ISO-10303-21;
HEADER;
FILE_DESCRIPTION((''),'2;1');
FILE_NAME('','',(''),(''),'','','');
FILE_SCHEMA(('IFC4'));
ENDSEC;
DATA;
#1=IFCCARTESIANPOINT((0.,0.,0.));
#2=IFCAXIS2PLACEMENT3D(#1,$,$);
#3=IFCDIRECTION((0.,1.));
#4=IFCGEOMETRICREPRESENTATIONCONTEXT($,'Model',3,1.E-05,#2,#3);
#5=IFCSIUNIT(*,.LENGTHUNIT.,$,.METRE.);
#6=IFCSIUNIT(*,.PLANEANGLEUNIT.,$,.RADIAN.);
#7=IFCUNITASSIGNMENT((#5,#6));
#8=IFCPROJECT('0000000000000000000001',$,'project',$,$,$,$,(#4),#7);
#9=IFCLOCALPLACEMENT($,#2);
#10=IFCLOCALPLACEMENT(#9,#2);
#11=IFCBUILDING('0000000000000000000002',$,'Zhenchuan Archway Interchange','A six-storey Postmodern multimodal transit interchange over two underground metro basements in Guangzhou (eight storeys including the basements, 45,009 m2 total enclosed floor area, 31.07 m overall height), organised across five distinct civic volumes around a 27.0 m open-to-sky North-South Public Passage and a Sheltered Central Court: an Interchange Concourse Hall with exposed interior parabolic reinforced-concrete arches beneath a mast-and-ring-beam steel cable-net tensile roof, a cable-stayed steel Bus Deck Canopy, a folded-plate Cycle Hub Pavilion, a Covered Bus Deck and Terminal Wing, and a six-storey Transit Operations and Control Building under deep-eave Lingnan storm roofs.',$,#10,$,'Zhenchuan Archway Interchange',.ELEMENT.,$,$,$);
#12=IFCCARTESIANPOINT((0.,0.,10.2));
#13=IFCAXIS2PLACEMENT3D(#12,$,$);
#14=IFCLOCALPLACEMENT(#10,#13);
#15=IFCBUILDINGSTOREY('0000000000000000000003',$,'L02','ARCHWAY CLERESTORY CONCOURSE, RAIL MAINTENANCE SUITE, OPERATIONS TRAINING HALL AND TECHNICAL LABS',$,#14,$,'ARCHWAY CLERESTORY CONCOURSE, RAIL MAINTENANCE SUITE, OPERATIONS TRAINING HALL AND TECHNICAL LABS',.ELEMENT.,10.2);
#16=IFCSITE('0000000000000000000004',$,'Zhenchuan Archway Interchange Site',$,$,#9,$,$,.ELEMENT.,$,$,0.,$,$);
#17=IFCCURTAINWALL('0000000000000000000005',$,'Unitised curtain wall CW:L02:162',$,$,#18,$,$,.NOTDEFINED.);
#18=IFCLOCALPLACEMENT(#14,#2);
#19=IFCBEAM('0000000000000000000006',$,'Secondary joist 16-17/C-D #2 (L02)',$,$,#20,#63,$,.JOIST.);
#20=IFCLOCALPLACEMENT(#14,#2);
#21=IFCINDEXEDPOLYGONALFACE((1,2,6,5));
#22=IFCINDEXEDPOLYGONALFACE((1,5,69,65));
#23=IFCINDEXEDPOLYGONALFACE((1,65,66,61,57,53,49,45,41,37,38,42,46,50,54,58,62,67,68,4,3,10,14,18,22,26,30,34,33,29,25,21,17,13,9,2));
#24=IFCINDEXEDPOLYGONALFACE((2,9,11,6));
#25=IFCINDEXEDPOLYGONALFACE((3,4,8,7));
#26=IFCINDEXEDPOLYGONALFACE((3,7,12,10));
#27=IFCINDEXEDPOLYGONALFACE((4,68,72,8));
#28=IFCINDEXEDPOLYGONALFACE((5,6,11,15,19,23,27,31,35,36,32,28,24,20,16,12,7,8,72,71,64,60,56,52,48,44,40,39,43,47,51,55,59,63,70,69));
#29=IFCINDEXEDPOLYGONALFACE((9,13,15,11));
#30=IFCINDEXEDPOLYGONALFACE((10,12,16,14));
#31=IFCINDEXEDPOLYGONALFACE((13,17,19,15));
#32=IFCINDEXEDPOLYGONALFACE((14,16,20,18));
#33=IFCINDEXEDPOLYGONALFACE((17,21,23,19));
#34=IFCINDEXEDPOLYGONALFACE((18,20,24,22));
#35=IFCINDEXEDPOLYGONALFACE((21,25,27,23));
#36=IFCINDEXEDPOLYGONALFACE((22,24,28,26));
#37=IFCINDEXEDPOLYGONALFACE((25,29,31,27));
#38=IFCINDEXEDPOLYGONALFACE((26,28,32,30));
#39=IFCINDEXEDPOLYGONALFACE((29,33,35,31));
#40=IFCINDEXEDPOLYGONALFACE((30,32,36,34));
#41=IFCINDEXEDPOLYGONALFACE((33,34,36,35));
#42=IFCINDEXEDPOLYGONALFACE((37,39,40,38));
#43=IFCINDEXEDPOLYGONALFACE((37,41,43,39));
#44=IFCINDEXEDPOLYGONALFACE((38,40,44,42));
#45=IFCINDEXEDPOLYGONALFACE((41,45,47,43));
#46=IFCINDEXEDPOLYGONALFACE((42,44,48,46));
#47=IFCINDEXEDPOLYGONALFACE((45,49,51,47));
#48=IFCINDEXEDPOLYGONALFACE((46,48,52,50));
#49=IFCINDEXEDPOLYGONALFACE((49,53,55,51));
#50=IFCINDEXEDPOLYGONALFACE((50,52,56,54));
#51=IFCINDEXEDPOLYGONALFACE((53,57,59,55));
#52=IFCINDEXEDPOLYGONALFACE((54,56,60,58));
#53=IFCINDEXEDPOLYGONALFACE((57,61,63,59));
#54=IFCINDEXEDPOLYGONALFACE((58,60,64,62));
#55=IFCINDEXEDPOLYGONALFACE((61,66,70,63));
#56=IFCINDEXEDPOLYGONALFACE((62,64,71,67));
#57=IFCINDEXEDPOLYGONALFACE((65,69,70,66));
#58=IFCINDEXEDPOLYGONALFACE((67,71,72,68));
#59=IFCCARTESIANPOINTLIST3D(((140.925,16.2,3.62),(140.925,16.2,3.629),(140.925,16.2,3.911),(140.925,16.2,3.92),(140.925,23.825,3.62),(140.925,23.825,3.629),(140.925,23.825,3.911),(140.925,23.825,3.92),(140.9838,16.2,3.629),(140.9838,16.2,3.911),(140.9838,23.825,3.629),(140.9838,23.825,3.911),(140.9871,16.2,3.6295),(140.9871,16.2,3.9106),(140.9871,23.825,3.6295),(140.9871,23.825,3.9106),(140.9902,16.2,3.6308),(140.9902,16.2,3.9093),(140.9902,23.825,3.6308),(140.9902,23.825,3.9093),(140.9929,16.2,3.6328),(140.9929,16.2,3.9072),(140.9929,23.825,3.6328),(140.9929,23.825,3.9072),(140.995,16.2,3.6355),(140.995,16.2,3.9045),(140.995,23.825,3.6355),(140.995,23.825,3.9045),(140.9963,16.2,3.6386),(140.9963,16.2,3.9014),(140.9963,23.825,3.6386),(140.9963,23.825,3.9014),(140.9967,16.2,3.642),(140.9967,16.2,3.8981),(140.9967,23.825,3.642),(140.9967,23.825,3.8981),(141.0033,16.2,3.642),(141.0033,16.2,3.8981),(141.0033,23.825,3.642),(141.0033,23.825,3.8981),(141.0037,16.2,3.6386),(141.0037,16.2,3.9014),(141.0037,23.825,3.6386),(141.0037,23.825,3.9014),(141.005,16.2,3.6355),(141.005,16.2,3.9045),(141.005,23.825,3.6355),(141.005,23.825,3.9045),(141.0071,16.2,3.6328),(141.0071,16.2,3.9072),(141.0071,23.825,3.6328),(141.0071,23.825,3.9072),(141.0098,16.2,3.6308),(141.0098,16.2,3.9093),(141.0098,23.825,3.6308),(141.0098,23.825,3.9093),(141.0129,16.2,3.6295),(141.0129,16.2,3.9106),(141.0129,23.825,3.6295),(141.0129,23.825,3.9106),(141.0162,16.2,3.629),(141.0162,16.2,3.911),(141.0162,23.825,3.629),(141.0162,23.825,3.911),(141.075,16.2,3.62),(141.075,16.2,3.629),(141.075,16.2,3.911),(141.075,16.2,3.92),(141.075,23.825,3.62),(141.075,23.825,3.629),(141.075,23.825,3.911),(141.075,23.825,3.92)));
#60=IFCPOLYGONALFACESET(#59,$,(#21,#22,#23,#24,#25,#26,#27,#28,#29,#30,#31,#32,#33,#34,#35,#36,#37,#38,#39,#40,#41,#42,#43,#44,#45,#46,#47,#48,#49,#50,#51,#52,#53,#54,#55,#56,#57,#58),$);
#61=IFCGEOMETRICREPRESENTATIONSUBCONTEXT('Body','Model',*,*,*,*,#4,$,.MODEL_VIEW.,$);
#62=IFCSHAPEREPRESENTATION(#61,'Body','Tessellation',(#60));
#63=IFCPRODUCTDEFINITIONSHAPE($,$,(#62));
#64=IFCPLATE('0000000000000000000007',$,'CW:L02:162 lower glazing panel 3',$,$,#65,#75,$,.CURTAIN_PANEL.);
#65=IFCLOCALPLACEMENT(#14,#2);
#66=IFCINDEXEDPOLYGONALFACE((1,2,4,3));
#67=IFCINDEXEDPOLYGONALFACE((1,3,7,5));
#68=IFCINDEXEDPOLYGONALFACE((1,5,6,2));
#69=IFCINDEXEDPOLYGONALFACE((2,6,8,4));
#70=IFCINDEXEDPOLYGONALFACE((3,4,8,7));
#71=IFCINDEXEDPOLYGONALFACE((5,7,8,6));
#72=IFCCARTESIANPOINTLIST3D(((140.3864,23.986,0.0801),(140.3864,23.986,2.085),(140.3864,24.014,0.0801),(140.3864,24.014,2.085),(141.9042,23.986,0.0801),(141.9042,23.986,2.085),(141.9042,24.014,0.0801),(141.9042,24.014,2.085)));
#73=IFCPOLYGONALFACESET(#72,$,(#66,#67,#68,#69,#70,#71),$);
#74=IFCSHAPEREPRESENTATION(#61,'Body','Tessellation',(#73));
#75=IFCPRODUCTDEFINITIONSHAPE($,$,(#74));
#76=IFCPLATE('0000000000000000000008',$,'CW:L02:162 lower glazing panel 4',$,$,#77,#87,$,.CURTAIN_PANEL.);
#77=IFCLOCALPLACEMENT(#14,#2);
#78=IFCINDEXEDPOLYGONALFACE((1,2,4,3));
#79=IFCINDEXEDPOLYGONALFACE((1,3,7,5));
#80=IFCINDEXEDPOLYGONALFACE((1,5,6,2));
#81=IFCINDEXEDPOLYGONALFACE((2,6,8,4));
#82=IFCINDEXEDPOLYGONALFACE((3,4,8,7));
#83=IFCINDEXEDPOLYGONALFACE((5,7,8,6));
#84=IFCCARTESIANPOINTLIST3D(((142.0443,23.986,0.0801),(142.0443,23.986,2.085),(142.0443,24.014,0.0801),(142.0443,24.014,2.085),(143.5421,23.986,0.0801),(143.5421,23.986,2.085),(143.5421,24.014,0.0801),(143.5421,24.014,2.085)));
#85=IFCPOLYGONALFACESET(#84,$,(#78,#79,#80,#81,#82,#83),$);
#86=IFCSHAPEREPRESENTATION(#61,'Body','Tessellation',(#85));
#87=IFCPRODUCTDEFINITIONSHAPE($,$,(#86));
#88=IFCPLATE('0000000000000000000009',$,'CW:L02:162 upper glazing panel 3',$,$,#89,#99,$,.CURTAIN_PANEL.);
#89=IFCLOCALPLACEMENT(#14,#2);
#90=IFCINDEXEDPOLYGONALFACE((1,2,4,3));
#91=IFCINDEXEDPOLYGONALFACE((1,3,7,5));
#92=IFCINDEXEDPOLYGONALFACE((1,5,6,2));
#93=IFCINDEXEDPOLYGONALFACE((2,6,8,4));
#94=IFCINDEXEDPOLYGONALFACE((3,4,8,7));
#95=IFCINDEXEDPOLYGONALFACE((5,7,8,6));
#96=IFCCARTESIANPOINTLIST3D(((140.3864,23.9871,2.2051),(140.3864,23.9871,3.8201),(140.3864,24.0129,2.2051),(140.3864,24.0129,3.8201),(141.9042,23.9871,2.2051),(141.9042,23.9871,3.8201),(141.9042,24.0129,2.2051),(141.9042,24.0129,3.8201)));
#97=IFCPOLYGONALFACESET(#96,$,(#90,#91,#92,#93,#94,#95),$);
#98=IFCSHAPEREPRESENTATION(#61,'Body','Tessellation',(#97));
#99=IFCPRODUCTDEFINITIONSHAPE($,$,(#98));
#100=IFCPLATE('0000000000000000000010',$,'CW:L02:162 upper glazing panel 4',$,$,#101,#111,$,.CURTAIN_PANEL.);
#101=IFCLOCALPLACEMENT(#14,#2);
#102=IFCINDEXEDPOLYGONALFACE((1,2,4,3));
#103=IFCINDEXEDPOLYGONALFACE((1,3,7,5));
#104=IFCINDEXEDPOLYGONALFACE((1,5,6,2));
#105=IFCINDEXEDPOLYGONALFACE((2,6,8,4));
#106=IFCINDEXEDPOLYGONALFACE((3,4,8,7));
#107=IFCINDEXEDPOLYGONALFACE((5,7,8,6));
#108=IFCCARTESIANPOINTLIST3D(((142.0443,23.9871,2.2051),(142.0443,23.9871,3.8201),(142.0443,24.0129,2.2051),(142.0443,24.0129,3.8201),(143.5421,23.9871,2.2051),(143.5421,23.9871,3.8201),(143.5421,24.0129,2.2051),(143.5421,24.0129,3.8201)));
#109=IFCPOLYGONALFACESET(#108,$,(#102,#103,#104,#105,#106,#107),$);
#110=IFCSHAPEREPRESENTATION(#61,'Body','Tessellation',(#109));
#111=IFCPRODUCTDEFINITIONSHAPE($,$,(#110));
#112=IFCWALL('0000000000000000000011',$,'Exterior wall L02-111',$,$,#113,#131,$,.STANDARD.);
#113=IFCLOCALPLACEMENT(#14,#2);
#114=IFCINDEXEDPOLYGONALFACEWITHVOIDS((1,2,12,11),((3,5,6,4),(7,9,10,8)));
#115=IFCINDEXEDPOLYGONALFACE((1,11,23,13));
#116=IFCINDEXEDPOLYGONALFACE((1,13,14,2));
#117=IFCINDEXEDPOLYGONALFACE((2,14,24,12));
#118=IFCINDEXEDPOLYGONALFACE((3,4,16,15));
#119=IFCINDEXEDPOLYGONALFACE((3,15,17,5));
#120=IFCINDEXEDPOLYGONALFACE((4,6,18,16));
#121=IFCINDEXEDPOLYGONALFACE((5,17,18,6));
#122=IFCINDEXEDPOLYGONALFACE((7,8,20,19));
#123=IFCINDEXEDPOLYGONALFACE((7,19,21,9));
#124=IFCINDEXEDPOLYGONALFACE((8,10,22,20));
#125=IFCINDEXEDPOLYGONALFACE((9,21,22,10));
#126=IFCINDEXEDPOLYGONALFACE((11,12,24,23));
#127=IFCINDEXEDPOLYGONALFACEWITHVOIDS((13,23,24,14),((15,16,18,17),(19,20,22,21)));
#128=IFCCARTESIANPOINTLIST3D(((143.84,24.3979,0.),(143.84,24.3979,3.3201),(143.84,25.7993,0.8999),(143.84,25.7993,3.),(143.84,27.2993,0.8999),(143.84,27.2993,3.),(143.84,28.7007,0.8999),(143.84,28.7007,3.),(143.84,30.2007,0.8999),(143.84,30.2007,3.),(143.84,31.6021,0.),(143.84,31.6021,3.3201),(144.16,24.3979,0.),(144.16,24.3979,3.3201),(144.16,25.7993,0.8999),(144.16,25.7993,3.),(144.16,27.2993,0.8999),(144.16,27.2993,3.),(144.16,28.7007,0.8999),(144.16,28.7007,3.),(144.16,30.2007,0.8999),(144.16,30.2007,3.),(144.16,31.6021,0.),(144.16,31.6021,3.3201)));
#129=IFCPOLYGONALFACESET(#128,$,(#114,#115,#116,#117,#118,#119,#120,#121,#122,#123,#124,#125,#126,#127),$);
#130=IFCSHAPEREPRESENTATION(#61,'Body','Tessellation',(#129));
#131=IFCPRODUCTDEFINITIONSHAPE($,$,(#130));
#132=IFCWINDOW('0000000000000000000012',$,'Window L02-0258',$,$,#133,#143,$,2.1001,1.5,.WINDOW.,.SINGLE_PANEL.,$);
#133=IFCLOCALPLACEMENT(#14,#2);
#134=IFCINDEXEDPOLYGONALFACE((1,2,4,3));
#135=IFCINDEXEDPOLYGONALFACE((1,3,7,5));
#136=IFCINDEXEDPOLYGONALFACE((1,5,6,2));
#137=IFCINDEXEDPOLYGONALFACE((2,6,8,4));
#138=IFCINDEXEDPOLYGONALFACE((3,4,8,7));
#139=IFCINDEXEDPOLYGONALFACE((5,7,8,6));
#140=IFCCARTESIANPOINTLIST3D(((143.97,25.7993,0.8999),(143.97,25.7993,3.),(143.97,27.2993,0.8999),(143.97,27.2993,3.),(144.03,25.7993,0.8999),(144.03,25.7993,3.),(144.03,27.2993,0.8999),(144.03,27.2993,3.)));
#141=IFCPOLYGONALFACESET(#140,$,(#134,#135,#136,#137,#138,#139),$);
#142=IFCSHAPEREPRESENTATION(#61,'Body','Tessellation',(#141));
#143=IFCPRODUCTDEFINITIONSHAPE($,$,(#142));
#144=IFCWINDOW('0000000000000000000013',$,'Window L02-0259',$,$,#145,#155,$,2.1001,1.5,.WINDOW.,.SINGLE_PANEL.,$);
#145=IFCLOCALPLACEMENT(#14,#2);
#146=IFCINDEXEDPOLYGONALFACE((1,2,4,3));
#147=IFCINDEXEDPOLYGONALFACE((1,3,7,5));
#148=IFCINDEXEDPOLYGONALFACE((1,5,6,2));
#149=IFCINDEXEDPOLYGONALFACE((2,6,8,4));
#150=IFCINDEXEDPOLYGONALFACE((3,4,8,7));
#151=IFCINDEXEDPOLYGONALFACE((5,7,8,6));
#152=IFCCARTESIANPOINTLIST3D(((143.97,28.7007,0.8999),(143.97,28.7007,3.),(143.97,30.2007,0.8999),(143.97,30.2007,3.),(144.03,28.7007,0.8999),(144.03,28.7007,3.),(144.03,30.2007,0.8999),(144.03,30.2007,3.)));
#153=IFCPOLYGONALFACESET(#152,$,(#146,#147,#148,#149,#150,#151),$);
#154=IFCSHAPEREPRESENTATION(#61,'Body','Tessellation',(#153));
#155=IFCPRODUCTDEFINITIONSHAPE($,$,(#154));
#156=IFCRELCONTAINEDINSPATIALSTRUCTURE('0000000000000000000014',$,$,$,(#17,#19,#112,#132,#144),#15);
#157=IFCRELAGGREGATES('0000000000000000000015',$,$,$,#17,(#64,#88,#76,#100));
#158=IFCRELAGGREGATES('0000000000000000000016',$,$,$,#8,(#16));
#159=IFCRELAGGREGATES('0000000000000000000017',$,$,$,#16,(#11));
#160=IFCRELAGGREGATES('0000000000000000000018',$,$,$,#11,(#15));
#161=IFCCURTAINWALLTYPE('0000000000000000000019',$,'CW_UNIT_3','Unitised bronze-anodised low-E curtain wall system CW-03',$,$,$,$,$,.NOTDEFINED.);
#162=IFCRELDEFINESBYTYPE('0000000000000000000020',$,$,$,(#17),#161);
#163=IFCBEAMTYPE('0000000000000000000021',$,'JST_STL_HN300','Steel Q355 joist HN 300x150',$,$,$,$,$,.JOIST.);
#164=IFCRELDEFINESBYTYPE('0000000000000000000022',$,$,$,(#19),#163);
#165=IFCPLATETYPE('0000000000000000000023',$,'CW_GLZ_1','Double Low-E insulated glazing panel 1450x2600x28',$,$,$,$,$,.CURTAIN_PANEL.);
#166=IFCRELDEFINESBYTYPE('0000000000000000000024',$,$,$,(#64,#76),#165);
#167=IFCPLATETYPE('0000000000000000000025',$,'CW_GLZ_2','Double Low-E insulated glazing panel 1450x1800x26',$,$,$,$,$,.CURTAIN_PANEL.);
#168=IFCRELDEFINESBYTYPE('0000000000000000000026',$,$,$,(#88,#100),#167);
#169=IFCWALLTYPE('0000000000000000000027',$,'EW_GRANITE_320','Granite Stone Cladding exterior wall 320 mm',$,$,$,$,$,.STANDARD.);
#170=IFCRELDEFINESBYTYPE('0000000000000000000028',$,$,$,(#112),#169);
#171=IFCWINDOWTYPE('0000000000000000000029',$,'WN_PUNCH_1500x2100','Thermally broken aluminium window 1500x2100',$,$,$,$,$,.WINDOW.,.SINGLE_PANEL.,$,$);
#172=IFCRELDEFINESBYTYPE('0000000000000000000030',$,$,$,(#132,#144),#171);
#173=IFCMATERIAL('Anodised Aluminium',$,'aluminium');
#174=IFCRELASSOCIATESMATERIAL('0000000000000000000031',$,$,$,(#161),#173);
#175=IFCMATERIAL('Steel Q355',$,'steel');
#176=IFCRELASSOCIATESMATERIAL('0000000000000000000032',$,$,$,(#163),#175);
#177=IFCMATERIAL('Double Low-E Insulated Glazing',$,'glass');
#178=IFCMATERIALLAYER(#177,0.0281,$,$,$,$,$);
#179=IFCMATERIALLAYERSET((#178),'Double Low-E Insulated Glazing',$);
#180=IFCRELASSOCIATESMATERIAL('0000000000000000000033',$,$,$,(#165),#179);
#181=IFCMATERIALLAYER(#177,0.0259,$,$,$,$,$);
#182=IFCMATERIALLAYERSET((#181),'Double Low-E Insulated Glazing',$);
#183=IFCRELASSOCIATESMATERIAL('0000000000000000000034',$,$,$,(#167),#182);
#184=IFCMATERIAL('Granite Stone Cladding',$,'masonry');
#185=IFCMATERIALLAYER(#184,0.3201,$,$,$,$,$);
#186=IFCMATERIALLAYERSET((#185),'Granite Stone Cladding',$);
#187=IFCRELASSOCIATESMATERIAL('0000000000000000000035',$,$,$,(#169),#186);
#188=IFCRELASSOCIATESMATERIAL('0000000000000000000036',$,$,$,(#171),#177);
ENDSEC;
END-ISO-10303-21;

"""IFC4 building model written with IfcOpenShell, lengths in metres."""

from ifc_helpers import new_model, si_unit, direction, frame, frame_2d, origin, origin_2d, place, context, subcontext, project, spatial, rectangle, i_section, extrude, material, layer, layer_set, material_profile, profile_set, type_object, element, fill, aggregate, save


model = new_model("IFC4")

# Units and contexts
model_context = context("Model", 3, precision=1e-05, world=origin(), true_north=direction((0.0, 1.0)))
body_context = subcontext(model_context, "Body", "Model", "MODEL_VIEW")
ifc_project = project(units=[si_unit("LENGTHUNIT", "METRE"), si_unit("PLANEANGLEUNIT", "RADIAN")], contexts=[model_context])

# Site, building, storey
site_placement = place(None, origin())
site = spatial("IfcSite", under=ifc_project, at=site_placement, Name="Zhenchuan Archway Interchange Site", CompositionType="ELEMENT", RefElevation=0.0)
building_placement = place(site_placement, origin())
building = spatial("IfcBuilding", under=site, at=building_placement, Name="Zhenchuan Archway Interchange", Description="A six-storey Postmodern multimodal transit interchange over two underground metro basements in Guangzhou (eight storeys including the basements, 45,009 m2 total enclosed floor area, 31.07 m overall height), organised across five distinct civic volumes around a 27.0 m open-to-sky North-South Public Passage and a Sheltered Central Court: an Interchange Concourse Hall with exposed interior parabolic reinforced-concrete arches beneath a mast-and-ring-beam steel cable-net tensile roof, a cable-stayed steel Bus Deck Canopy, a folded-plate Cycle Hub Pavilion, a Covered Bus Deck and Terminal Wing, and a six-storey Transit Operations and Control Building under deep-eave Lingnan storm roofs.", LongName="Zhenchuan Archway Interchange", CompositionType="ELEMENT")
storey_placement = place(building_placement, frame((0.0, 0.0, 10.2)))
storey = spatial("IfcBuildingStorey", under=building, at=storey_placement, Name="L02", Description="ARCHWAY CLERESTORY CONCOURSE, RAIL MAINTENANCE SUITE, OPERATIONS TRAINING HALL AND TECHNICAL LABS", LongName="ARCHWAY CLERESTORY CONCOURSE, RAIL MAINTENANCE SUITE, OPERATIONS TRAINING HALL AND TECHNICAL LABS", CompositionType="ELEMENT", Elevation=10.2)

# Curtain wall
ifc_material_1 = material(Name="Anodised Aluminium", Category="aluminium")
curtain_wall_type = type_object("IfcCurtainWallType", Name="CW_UNIT_3", Description="Unitised bronze-anodised low-E curtain wall system CW-03", PredefinedType="NOTDEFINED", material=ifc_material_1)
curtain_wall_placement = place(storey_placement, origin())
curtain_wall = element("IfcCurtainWall", 1, at=curtain_wall_placement, inside=storey, type_object=curtain_wall_type, Name="Unitised curtain wall CW:L02:162", PredefinedType="NOTDEFINED")

# Beam
ifc_material_2 = material(Name="Steel Q355", Category="steel")
ifc_material_profile_1 = material_profile(ifc_material_2, i_section(OverallWidth=0.1499, OverallDepth=0.3, WebThickness=0.0066, FlangeThickness=0.009, FilletRadius=0.0129, at=origin_2d()), Name="HN 300x150")
ifc_profile_set_1 = profile_set([ifc_material_profile_1], Name="Steel Q355")
beam_type_1 = type_object("IfcBeamType", Name="JST_STL_HN300", Description="Steel Q355 joist HN 300x150", PredefinedType="JOIST", material=ifc_profile_set_1)
beam_1_placement = place(storey_placement, frame((141.0, 16.2, 3.77), z_axis=(0.0, 1.0, 0.0), x_axis=(-1.0, 0.0, 0.0)))
element("IfcBeam", 2, at=beam_1_placement, inside=storey, type_object=beam_type_1, Name="Secondary joist 16-17/C-D #2 (L02)", PredefinedType="JOIST", context=body_context, shape_type="SweptSolid", body=[
    extrude(i_section(OverallWidth=0.1499, OverallDepth=0.3, WebThickness=0.0066, FlangeThickness=0.009, FilletRadius=0.0129, at=origin_2d()), origin(), (0.0, 0.0, 1.0), 7.625),
])

# Plates
ifc_material_3 = material(Name="Double Low-E Insulated Glazing", Category="glass")
ifc_layer_1 = layer(ifc_material_3, 0.0281)
ifc_layer_set_1 = layer_set([ifc_layer_1], Name="Double Low-E Insulated Glazing")
plate_type_1 = type_object("IfcPlateType", Name="CW_GLZ_1", Description="Double Low-E insulated glazing panel 1450x2600x28", PredefinedType="CURTAIN_PANEL", material=ifc_layer_set_1)
plate_1_placement = place(storey_placement, frame((141.1453, 24.0, 0.0801), z_axis=(0.0, 0.0, 1.0), x_axis=(1.0, 0.0, 0.0)))
plate_1 = element("IfcPlate", 3, at=plate_1_placement, type_object=plate_type_1, Name="CW:L02:162 lower glazing panel 3", PredefinedType="CURTAIN_PANEL", context=body_context, shape_type="SweptSolid", body=[
    extrude(rectangle(XDim=1.5178, YDim=0.0281, at=origin_2d()), origin(), (0.0, 0.0, 1.0), 2.0049),
])
plate_2_placement = place(storey_placement, frame((142.7932, 24.0, 0.0801), z_axis=(0.0, 0.0, 1.0), x_axis=(1.0, 0.0, 0.0)))
plate_2 = element("IfcPlate", 4, at=plate_2_placement, type_object=plate_type_1, Name="CW:L02:162 lower glazing panel 4", PredefinedType="CURTAIN_PANEL", context=body_context, shape_type="SweptSolid", body=[
    extrude(rectangle(XDim=1.4978, YDim=0.0281, at=origin_2d()), origin(), (0.0, 0.0, 1.0), 2.0049),
])
ifc_layer_2 = layer(ifc_material_3, 0.0259)
ifc_layer_set_2 = layer_set([ifc_layer_2], Name="Double Low-E Insulated Glazing")
plate_type_2 = type_object("IfcPlateType", Name="CW_GLZ_2", Description="Double Low-E insulated glazing panel 1450x1800x26", PredefinedType="CURTAIN_PANEL", material=ifc_layer_set_2)
plate_3_placement = place(storey_placement, frame((141.1453, 24.0, 2.2051), z_axis=(0.0, 0.0, 1.0), x_axis=(1.0, 0.0, 0.0)))
plate_3 = element("IfcPlate", 5, at=plate_3_placement, type_object=plate_type_2, Name="CW:L02:162 upper glazing panel 3", PredefinedType="CURTAIN_PANEL", context=body_context, shape_type="SweptSolid", body=[
    extrude(rectangle(XDim=1.5178, YDim=0.0259, at=origin_2d()), origin(), (0.0, 0.0, 1.0), 1.615),
])
plate_4_placement = place(storey_placement, frame((142.7932, 24.0, 2.2051), z_axis=(0.0, 0.0, 1.0), x_axis=(1.0, 0.0, 0.0)))
plate_4 = element("IfcPlate", 6, at=plate_4_placement, type_object=plate_type_2, Name="CW:L02:162 upper glazing panel 4", PredefinedType="CURTAIN_PANEL", context=body_context, shape_type="SweptSolid", body=[
    extrude(rectangle(XDim=1.4978, YDim=0.0259, at=origin_2d()), origin(), (0.0, 0.0, 1.0), 1.615),
])
aggregate(curtain_wall, [plate_1, plate_3, plate_2, plate_4])

# Wall, openings, windows
ifc_material_4 = material(Name="Granite Stone Cladding", Category="masonry")
ifc_layer_3 = layer(ifc_material_4, 0.3201)
ifc_layer_set_3 = layer_set([ifc_layer_3], Name="Granite Stone Cladding")
wall_type_1 = type_object("IfcWallType", Name="EW_GRANITE_320", Description="Granite Stone Cladding exterior wall 320 mm", PredefinedType="STANDARD", material=ifc_layer_set_3)
wall_1_placement = place(storey_placement, frame((144.0, 24.3979, 0.0), z_axis=(0.0, 0.0, 1.0), x_axis=(0.0, 1.0, 0.0)))
wall_1 = element("IfcWall", 7, at=wall_1_placement, inside=storey, type_object=wall_type_1, Name="Exterior wall L02-111", PredefinedType="STANDARD", context=body_context, shape_type="SweptSolid", body=[
    extrude(rectangle(XDim=7.2041, YDim=0.3201, at=frame_2d((3.6021, 0.0))), origin(), (0.0, 0.0, 1.0), 3.3201),
])
opening_1_placement = place(wall_1_placement, frame((1.4014, 0.0, 0.8999)))
opening_1 = element("IfcOpeningElement", 8, at=opening_1_placement, cuts=wall_1, PredefinedType="OPENING", context=body_context, shape_type="SweptSolid", body=[
    extrude(rectangle(XDim=1.5, YDim=2.1001, at=frame_2d((0.75, 1.05))), frame((0.0, 0.1719, 0.0), z_axis=(0.0, -1.0, 0.0), x_axis=(1.0, 0.0, 0.0)), (0.0, 0.0, 1.0), 0.344),
])
opening_2_placement = place(wall_1_placement, frame((4.3027, 0.0, 0.8999)))
opening_2 = element("IfcOpeningElement", 9, at=opening_2_placement, cuts=wall_1, PredefinedType="OPENING", context=body_context, shape_type="SweptSolid", body=[
    extrude(rectangle(XDim=1.5, YDim=2.1001, at=frame_2d((0.75, 1.05))), frame((0.0, 0.1719, 0.0), z_axis=(0.0, -1.0, 0.0), x_axis=(1.0, 0.0, 0.0)), (0.0, 0.0, 1.0), 0.344),
])
window_type = type_object("IfcWindowType", Name="WN_PUNCH_1500x2100", Description="Thermally broken aluminium window 1500x2100", PartitioningType="SINGLE_PANEL", PredefinedType="WINDOW", material=ifc_material_3)
window_1_placement = place(opening_1_placement, origin())
window_1 = element("IfcWindow", 10, at=window_1_placement, inside=storey, type_object=window_type, Name="Window L02-0258", OverallHeight=2.1001, OverallWidth=1.5, PartitioningType="SINGLE_PANEL", PredefinedType="WINDOW", context=body_context, shape_type="SweptSolid", body=[
    extrude(rectangle(XDim=1.5, YDim=2.1001, at=frame_2d((0.75, 1.05))), frame((0.0, 0.03, 0.0), z_axis=(0.0, -1.0, 0.0), x_axis=(1.0, 0.0, 0.0)), (0.0, 0.0, 1.0), 0.0601),
])
fill(opening_1, window_1)
window_2_placement = place(opening_2_placement, origin())
window_2 = element("IfcWindow", 11, at=window_2_placement, inside=storey, type_object=window_type, Name="Window L02-0259", OverallHeight=2.1001, OverallWidth=1.5, PartitioningType="SINGLE_PANEL", PredefinedType="WINDOW", context=body_context, shape_type="SweptSolid", body=[
    extrude(rectangle(XDim=1.5, YDim=2.1001, at=frame_2d((0.75, 1.05))), frame((0.0, 0.03, 0.0), z_axis=(0.0, -1.0, 0.0), x_axis=(1.0, 0.0, 0.0)), (0.0, 0.0, 1.0), 0.0601),
])
fill(opening_2, window_2)

save(model, "model.ifc")
